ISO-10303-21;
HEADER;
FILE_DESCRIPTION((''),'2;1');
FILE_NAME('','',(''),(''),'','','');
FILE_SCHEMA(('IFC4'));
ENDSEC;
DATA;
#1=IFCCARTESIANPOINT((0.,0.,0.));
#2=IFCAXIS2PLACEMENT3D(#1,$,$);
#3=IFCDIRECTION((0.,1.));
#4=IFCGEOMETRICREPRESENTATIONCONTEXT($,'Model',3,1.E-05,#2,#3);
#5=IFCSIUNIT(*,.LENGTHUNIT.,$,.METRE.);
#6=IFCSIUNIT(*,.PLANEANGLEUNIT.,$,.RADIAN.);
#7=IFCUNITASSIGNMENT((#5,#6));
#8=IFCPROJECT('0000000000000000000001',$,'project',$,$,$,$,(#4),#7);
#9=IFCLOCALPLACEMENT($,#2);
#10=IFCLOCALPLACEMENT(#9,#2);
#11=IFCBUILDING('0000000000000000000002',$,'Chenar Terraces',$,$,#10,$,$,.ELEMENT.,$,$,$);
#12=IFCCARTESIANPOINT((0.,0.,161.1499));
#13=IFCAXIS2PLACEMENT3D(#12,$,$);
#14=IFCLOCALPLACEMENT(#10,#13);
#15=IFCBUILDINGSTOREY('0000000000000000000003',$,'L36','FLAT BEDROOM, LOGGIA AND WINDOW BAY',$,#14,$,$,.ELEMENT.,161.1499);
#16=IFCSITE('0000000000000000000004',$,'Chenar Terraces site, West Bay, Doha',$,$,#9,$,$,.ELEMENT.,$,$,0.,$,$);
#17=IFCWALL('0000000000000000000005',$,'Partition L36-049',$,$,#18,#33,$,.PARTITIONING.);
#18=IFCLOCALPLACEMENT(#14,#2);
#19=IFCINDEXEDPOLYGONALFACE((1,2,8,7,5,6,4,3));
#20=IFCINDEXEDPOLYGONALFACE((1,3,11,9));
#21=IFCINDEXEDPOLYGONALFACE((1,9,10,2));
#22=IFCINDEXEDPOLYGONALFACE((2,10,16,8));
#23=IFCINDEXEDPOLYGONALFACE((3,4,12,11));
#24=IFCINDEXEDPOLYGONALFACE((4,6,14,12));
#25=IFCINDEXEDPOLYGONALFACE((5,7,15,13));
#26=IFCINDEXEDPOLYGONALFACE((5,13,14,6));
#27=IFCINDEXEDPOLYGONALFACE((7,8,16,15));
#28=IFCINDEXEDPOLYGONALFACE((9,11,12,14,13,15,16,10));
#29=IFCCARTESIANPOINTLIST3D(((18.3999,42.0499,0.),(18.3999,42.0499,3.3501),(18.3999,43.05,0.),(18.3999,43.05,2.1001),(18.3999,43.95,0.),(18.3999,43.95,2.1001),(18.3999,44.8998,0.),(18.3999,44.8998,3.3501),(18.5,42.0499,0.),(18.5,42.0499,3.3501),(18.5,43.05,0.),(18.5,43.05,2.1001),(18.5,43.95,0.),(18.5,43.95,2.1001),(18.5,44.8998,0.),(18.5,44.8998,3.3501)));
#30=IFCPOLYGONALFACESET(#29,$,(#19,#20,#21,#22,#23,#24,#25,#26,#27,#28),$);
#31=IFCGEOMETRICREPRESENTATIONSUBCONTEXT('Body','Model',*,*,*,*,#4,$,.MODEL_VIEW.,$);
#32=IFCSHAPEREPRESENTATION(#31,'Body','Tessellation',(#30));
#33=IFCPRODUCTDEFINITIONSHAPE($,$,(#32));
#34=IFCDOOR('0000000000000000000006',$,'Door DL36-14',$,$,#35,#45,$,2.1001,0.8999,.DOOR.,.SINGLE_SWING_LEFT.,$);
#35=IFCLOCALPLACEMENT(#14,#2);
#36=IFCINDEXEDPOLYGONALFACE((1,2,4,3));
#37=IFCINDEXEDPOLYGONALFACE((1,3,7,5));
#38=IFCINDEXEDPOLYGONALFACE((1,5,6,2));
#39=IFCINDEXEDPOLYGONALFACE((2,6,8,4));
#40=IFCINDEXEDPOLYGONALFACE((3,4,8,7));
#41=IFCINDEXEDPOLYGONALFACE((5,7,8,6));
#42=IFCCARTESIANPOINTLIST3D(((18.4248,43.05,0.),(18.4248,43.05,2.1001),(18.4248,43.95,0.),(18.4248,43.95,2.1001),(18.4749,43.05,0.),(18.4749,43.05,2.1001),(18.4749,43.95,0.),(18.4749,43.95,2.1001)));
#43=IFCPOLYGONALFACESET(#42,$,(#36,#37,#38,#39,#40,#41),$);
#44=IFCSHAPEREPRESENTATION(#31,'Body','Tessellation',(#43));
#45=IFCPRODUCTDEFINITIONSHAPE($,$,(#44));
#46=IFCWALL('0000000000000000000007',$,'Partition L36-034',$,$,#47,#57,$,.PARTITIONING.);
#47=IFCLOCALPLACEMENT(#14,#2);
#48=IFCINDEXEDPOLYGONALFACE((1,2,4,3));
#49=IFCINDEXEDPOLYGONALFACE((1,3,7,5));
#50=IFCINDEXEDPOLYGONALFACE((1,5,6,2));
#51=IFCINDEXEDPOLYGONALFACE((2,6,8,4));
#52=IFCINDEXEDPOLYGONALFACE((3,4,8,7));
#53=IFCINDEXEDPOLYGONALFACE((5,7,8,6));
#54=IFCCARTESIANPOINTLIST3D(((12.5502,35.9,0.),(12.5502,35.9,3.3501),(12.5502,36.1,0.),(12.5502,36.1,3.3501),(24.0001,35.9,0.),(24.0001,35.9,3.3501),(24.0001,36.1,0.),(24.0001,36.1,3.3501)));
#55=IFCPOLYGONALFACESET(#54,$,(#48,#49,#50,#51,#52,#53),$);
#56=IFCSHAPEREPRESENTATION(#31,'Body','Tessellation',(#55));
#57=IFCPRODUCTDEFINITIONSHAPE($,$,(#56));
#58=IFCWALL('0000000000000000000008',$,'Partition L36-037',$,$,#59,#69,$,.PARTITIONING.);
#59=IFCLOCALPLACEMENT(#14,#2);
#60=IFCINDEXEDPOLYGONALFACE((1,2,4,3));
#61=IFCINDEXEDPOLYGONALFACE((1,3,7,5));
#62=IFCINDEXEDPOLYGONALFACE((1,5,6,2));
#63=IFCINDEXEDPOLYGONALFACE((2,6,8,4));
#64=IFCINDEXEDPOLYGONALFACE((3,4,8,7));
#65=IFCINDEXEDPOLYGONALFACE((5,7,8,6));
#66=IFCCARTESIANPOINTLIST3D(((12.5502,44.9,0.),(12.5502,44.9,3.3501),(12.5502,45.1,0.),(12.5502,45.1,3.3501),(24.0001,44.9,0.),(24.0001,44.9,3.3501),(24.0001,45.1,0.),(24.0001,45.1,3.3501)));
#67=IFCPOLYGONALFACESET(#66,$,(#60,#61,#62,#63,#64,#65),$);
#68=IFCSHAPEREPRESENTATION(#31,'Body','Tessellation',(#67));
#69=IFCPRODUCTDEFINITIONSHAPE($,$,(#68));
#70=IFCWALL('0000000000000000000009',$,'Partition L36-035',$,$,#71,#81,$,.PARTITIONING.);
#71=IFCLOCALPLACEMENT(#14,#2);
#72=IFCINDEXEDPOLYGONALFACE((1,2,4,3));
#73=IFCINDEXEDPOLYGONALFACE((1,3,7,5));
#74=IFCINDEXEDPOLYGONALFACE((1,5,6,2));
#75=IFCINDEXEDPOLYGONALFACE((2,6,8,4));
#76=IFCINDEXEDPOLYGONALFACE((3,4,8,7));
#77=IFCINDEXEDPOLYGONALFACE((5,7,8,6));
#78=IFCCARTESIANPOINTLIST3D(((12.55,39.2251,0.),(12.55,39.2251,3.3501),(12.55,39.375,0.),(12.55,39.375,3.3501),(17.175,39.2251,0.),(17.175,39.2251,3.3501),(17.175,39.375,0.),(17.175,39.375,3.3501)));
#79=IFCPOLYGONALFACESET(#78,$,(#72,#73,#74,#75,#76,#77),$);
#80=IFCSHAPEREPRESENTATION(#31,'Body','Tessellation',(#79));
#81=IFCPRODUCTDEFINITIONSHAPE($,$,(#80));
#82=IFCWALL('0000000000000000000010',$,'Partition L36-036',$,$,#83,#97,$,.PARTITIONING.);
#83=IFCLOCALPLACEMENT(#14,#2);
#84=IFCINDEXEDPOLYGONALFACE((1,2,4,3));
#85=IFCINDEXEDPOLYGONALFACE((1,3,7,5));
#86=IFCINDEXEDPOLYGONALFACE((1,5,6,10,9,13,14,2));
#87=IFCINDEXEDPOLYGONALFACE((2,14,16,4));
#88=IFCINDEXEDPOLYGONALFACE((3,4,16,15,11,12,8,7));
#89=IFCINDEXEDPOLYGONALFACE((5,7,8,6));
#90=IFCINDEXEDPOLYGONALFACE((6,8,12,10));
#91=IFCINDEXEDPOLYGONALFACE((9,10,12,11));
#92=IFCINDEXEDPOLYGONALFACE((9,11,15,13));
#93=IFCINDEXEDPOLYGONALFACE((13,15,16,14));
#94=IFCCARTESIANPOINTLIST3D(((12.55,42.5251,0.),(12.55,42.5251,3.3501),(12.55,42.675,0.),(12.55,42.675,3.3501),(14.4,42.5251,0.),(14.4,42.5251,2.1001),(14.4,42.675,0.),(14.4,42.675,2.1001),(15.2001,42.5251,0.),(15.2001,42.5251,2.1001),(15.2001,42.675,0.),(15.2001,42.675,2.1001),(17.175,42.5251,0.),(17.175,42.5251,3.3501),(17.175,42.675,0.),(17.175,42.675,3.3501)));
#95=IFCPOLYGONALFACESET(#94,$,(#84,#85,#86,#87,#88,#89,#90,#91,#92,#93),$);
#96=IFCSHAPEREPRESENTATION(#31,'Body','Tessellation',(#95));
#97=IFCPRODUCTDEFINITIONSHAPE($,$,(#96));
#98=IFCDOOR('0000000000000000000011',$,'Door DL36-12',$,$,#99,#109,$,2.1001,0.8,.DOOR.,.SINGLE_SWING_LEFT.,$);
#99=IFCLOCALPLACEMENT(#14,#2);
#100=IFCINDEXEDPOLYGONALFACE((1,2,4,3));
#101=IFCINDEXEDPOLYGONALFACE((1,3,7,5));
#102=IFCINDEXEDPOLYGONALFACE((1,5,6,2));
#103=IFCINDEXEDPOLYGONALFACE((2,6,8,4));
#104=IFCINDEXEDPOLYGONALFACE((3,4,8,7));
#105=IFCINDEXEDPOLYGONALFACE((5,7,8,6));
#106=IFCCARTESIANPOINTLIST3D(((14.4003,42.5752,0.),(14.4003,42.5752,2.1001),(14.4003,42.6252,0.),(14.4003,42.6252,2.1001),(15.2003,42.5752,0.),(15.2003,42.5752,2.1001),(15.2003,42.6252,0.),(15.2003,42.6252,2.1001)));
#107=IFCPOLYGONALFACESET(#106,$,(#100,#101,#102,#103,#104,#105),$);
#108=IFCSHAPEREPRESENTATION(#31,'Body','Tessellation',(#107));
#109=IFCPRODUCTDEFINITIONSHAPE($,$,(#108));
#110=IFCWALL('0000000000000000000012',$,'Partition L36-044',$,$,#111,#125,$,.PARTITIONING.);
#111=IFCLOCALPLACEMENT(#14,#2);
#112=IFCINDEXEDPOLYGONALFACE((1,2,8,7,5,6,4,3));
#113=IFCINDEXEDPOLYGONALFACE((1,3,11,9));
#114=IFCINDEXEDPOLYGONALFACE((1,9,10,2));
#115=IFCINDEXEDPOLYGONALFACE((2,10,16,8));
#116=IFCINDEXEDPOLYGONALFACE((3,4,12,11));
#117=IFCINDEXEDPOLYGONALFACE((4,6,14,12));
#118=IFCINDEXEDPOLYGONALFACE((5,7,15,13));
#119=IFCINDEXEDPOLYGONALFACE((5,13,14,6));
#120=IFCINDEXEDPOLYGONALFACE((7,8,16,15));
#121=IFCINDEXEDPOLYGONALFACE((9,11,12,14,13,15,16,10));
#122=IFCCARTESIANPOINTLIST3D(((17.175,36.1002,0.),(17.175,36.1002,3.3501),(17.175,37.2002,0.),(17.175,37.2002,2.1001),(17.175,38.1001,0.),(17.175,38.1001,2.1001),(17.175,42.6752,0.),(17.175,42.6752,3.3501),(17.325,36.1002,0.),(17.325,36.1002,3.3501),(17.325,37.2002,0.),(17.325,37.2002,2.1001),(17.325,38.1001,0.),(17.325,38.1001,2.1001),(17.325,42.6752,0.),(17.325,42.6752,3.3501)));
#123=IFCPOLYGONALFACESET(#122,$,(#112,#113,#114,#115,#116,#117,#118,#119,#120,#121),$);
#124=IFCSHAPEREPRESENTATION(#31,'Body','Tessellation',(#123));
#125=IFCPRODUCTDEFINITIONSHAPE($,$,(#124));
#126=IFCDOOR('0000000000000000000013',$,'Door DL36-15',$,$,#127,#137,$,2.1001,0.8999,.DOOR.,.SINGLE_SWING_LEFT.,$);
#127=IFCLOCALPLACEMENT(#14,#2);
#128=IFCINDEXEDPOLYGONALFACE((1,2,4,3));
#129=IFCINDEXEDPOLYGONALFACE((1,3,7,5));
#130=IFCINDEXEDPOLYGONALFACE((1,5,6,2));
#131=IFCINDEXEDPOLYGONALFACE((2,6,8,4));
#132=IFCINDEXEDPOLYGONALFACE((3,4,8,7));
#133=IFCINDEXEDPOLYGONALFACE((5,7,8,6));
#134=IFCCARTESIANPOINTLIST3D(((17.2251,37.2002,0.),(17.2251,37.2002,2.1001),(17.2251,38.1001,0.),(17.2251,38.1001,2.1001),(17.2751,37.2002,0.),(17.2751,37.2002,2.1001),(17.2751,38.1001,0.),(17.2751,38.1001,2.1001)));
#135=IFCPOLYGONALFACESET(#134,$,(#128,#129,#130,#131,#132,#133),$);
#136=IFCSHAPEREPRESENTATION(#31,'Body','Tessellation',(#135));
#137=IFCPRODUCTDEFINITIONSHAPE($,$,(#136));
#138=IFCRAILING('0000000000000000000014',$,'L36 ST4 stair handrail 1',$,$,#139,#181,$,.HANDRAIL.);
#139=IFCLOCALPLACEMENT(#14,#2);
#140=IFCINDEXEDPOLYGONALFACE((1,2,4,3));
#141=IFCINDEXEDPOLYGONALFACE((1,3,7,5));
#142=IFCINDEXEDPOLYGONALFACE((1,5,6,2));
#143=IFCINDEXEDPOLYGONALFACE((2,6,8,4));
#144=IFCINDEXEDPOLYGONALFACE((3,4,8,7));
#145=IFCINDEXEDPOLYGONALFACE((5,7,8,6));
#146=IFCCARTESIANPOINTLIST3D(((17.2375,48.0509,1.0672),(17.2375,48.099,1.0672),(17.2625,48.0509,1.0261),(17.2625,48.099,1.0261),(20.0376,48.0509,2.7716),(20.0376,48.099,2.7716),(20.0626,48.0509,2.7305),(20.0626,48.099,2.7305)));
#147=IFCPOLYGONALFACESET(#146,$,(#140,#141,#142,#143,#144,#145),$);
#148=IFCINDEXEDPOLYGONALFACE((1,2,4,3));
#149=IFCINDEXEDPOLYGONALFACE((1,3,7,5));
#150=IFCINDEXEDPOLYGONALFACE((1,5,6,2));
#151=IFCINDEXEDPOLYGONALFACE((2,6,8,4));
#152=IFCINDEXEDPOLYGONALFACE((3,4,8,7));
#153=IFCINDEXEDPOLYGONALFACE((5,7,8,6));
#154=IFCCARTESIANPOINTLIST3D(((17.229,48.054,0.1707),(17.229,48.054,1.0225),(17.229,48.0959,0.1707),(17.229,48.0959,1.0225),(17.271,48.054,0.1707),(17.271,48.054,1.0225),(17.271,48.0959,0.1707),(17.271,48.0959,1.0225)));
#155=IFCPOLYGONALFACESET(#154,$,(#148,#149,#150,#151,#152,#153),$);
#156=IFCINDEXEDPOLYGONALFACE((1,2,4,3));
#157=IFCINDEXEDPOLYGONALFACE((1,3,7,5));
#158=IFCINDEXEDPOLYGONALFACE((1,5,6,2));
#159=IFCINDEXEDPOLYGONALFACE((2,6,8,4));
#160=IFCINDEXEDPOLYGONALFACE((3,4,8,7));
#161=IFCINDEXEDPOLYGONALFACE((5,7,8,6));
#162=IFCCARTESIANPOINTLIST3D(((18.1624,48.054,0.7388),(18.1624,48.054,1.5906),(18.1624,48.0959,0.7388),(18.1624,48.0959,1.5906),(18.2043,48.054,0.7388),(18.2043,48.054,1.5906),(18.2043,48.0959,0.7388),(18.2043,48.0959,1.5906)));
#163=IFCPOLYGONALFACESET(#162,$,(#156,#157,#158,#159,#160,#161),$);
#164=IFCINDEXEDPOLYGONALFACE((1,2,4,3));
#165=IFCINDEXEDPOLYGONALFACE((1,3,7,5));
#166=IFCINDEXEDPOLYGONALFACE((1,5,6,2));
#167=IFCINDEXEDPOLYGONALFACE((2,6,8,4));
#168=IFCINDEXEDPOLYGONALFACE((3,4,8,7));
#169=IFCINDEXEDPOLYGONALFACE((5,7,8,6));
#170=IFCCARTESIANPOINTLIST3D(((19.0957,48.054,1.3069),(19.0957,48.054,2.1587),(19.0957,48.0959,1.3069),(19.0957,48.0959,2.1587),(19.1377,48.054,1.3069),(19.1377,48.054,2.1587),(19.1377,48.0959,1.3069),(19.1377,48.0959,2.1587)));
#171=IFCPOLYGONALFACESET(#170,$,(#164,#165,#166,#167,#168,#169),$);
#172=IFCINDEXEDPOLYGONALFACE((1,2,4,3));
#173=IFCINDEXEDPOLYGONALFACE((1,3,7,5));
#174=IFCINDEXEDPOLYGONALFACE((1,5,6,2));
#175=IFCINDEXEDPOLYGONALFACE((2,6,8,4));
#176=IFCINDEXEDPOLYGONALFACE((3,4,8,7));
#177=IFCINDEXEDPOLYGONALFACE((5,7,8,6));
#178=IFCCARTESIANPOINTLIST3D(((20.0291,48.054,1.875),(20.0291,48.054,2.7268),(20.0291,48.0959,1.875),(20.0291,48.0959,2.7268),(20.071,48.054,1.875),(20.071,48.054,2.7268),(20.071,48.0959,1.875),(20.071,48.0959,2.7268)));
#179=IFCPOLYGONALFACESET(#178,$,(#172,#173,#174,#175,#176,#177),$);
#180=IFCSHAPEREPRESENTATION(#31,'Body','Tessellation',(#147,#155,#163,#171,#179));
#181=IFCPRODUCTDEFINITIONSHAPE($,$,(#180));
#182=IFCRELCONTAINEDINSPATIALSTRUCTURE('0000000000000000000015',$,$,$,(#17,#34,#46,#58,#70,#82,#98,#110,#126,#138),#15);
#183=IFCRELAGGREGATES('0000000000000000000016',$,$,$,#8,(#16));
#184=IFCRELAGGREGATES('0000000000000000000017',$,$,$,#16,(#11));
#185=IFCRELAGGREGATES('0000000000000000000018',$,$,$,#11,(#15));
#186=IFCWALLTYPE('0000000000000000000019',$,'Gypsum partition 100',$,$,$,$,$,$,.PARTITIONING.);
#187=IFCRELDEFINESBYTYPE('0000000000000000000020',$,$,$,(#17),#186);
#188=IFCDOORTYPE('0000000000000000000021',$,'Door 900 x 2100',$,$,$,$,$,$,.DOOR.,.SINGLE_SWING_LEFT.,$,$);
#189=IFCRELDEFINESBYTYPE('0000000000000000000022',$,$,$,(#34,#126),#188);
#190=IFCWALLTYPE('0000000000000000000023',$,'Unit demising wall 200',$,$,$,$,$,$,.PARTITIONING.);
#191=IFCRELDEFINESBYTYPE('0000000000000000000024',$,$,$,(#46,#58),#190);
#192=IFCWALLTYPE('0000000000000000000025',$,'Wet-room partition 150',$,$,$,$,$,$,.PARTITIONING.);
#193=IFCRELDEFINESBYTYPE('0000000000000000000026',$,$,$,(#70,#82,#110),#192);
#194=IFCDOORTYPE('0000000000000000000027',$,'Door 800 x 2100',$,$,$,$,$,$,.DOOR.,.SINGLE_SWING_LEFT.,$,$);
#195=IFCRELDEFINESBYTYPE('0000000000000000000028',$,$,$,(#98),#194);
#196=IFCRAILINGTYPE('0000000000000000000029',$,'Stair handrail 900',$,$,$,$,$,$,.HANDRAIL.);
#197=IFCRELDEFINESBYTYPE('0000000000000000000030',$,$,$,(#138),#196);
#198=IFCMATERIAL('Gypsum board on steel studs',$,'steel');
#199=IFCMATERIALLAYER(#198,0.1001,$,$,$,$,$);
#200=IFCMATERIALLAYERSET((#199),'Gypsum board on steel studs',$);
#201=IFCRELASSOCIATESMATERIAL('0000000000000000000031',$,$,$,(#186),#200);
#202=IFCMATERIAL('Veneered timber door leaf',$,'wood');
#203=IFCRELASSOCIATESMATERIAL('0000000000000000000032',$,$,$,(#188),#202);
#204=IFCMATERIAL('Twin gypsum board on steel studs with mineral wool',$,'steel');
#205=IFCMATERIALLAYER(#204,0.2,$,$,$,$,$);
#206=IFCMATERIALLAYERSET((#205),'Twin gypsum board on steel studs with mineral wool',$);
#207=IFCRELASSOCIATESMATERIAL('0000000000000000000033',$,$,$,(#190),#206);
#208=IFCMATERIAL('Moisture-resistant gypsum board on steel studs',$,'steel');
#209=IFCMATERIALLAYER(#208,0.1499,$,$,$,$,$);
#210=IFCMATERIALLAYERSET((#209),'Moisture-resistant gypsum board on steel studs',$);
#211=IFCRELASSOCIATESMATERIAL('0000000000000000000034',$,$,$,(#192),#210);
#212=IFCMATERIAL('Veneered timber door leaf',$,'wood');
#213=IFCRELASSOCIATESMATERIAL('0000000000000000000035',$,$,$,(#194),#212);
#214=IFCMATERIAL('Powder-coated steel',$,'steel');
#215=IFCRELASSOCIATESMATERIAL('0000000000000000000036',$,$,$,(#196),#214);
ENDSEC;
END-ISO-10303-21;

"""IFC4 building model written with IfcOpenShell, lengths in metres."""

from ifc_helpers import new_model, si_unit, direction, frame, frame_2d, origin, origin_2d, place, context, subcontext, project, spatial, rectangle, extrude, material, layer, layer_set, type_object, element, fill, save


model = new_model("IFC4")

# Units and contexts
model_context = context("Model", 3, precision=1e-05, world=origin(), true_north=direction((0.0, 1.0)))
body_context = subcontext(model_context, "Body", "Model", "MODEL_VIEW")
ifc_project = project(units=[si_unit("LENGTHUNIT", "METRE"), si_unit("PLANEANGLEUNIT", "RADIAN")], contexts=[model_context])

# Site, building, storey
site_placement = place(None, origin())
site = spatial("IfcSite", under=ifc_project, at=site_placement, Name="Chenar Terraces site, West Bay, Doha", CompositionType="ELEMENT", RefElevation=0.0)
building_placement = place(site_placement, origin())
building = spatial("IfcBuilding", under=site, at=building_placement, Name="Chenar Terraces", CompositionType="ELEMENT")
storey_placement = place(building_placement, frame((0.0, 0.0, 161.1499)))
storey = spatial("IfcBuildingStorey", under=building, at=storey_placement, Name="L36", Description="FLAT BEDROOM, LOGGIA AND WINDOW BAY", CompositionType="ELEMENT", Elevation=161.1499)

# Shared definitions
ifc_material_1 = material(Name="Gypsum board on steel studs", Category="steel")
ifc_layer_1 = layer(ifc_material_1, 0.1001)
ifc_layer_set_1 = layer_set([ifc_layer_1], Name="Gypsum board on steel studs")
wall_type_1 = type_object("IfcWallType", Name="Gypsum partition 100", PredefinedType="PARTITIONING", material=ifc_layer_set_1)

# Wall, opening, door
ifc_material_2 = material(Name="Veneered timber door leaf", Category="wood")
door_type_1 = type_object("IfcDoorType", Name="Door 900 x 2100", OperationType="SINGLE_SWING_LEFT", PredefinedType="DOOR", material=ifc_material_2)
wall_1_placement = place(storey_placement, frame((18.45, 42.05, 0.0), z_axis=(0.0, 0.0, 1.0), x_axis=(0.0, 1.0, 0.0)))
wall_1 = element("IfcWall", 1, at=wall_1_placement, inside=storey, type_object=wall_type_1, Name="Partition L36-049", PredefinedType="PARTITIONING", context=body_context, shape_type="SweptSolid", body=[
    extrude(rectangle(XDim=2.8499, YDim=0.1001, at=frame_2d((1.4248, 0.0))), origin(), (0.0, 0.0, 1.0), 3.3501),
])
opening_1_placement = place(wall_1_placement, frame((1.0, 0.0, 0.0)))
opening_1 = element("IfcOpeningElement", 2, at=opening_1_placement, cuts=wall_1, PredefinedType="OPENING", context=body_context, shape_type="SweptSolid", body=[
    extrude(rectangle(XDim=0.8999, YDim=2.1001, at=frame_2d((0.45, 1.05))), frame((0.0, 0.0601, 0.0), z_axis=(0.0, -1.0, 0.0), x_axis=(1.0, 0.0, 0.0)), (0.0, 0.0, 1.0), 0.1201),
])
door_1_placement = place(opening_1_placement, frame((0.8999, 0.0, 0.0), z_axis=(0.0, 0.0, 1.0), x_axis=(-1.0, 0.0, 0.0)))
door_1 = element("IfcDoor", 3, at=door_1_placement, inside=storey, type_object=door_type_1, Name="Door DL36-14", OperationType="SINGLE_SWING_LEFT", OverallHeight=2.1001, OverallWidth=0.8999, PredefinedType="DOOR", context=body_context, shape_type="SweptSolid", body=[
    extrude(rectangle(XDim=0.8999, YDim=2.1001, at=frame_2d((0.45, 1.05))), frame((0.0, 0.0249, 0.0), z_axis=(0.0, -1.0, 0.0), x_axis=(1.0, 0.0, 0.0)), (0.0, 0.0, 1.0), 0.05),
])
fill(opening_1, door_1)

# Walls
ifc_material_3 = material(Name="Twin gypsum board on steel studs with mineral wool", Category="steel")
ifc_layer_2 = layer(ifc_material_3, 0.2)
ifc_layer_set_2 = layer_set([ifc_layer_2], Name="Twin gypsum board on steel studs with mineral wool")
wall_type_2 = type_object("IfcWallType", Name="Unit demising wall 200", PredefinedType="PARTITIONING", material=ifc_layer_set_2)
for number, where, z_axis, x_axis, name in (
    (4, (12.55, 36.0, 0.0), (0.0, 0.0, 1.0), (1.0, 0.0, 0.0), "Partition L36-034"),
    (5, (12.55, 45.0, 0.0), (0.0, 0.0, 1.0), (1.0, 0.0, 0.0), "Partition L36-037"),
):
    element("IfcWall", number, at=place(storey_placement, frame(where, z_axis=z_axis, x_axis=x_axis)), inside=storey, type_object=wall_type_2, Name=name, PredefinedType="PARTITIONING", context=body_context, shape_type="SweptSolid", body=[
        extrude(rectangle(XDim=11.45, YDim=0.2, at=frame_2d((5.7251, 0.0))), origin(), (0.0, 0.0, 1.0), 3.3501),
    ])
ifc_material_4 = material(Name="Moisture-resistant gypsum board on steel studs", Category="steel")
ifc_layer_3 = layer(ifc_material_4, 0.1499)
ifc_layer_set_3 = layer_set([ifc_layer_3], Name="Moisture-resistant gypsum board on steel studs")
wall_type_3 = type_object("IfcWallType", Name="Wet-room partition 150", PredefinedType="PARTITIONING", material=ifc_layer_set_3)
wall_2_placement = place(storey_placement, frame((12.55, 39.3, 0.0), z_axis=(0.0, 0.0, 1.0), x_axis=(1.0, 0.0, 0.0)))
element("IfcWall", 6, at=wall_2_placement, inside=storey, type_object=wall_type_3, Name="Partition L36-035", PredefinedType="PARTITIONING", context=body_context, shape_type="SweptSolid", body=[
    extrude(rectangle(XDim=4.625, YDim=0.1499, at=frame_2d((2.3125, 0.0))), origin(), (0.0, 0.0, 1.0), 3.3501),
])

# Walls, openings, doors
wall_3_placement = place(storey_placement, frame((12.55, 42.6001, 0.0), z_axis=(0.0, 0.0, 1.0), x_axis=(1.0, 0.0, 0.0)))
wall_3 = element("IfcWall", 7, at=wall_3_placement, inside=storey, type_object=wall_type_3, Name="Partition L36-036", PredefinedType="PARTITIONING", context=body_context, shape_type="SweptSolid", body=[
    extrude(rectangle(XDim=4.625, YDim=0.1499, at=frame_2d((2.3125, 0.0))), origin(), (0.0, 0.0, 1.0), 3.3501),
])
opening_2_placement = place(wall_3_placement, frame((1.8501, 0.0, 0.0)))
opening_2 = element("IfcOpeningElement", 8, at=opening_2_placement, cuts=wall_3, PredefinedType="OPENING", context=body_context, shape_type="SweptSolid", body=[
    extrude(rectangle(XDim=0.8, YDim=2.1001, at=frame_2d((0.3999, 1.05))), frame((0.0, 0.085, 0.0), z_axis=(0.0, -1.0, 0.0), x_axis=(1.0, 0.0, 0.0)), (0.0, 0.0, 1.0), 0.1699),
])
ifc_material_5 = material(Name="Veneered timber door leaf", Category="wood")
door_type_2 = type_object("IfcDoorType", Name="Door 800 x 2100", OperationType="SINGLE_SWING_LEFT", PredefinedType="DOOR", material=ifc_material_5)
door_2_placement = place(opening_2_placement, frame((0.8, 0.0, 0.0), z_axis=(0.0, 0.0, 1.0), x_axis=(-1.0, 0.0, 0.0)))
door_2 = element("IfcDoor", 9, at=door_2_placement, inside=storey, type_object=door_type_2, Name="Door DL36-12", OperationType="SINGLE_SWING_LEFT", OverallHeight=2.1001, OverallWidth=0.8, PredefinedType="DOOR", context=body_context, shape_type="SweptSolid", body=[
    extrude(rectangle(XDim=0.8, YDim=2.1001, at=frame_2d((0.3999, 1.05))), frame((0.0, 0.0249, 0.0), z_axis=(0.0, -1.0, 0.0), x_axis=(1.0, 0.0, 0.0)), (0.0, 0.0, 1.0), 0.05),
])
fill(opening_2, door_2)
wall_4_placement = place(storey_placement, frame((17.25, 36.1001, 0.0), z_axis=(0.0, 0.0, 1.0), x_axis=(0.0, 1.0, 0.0)))
wall_4 = element("IfcWall", 10, at=wall_4_placement, inside=storey, type_object=wall_type_3, Name="Partition L36-044", PredefinedType="PARTITIONING", context=body_context, shape_type="SweptSolid", body=[
    extrude(rectangle(XDim=6.575, YDim=0.1499, at=frame_2d((3.2876, 0.0))), origin(), (0.0, 0.0, 1.0), 3.3501),
])
opening_3_placement = place(wall_4_placement, frame((1.1001, 0.0, 0.0)))
opening_3 = element("IfcOpeningElement", 11, at=opening_3_placement, cuts=wall_4, PredefinedType="OPENING", context=body_context, shape_type="SweptSolid", body=[
    extrude(rectangle(XDim=0.8999, YDim=2.1001, at=frame_2d((0.45, 1.05))), frame((0.0, 0.085, 0.0), z_axis=(0.0, -1.0, 0.0), x_axis=(1.0, 0.0, 0.0)), (0.0, 0.0, 1.0), 0.1699),
])
door_3_placement = place(opening_3_placement, origin())
door_3 = element("IfcDoor", 12, at=door_3_placement, inside=storey, type_object=door_type_1, Name="Door DL36-15", OperationType="SINGLE_SWING_LEFT", OverallHeight=2.1001, OverallWidth=0.8999, PredefinedType="DOOR", context=body_context, shape_type="SweptSolid", body=[
    extrude(rectangle(XDim=0.8999, YDim=2.1001, at=frame_2d((0.45, 1.05))), frame((0.0, 0.0249, 0.0), z_axis=(0.0, -1.0, 0.0), x_axis=(1.0, 0.0, 0.0)), (0.0, 0.0, 1.0), 0.05),
])
fill(opening_3, door_3)

# Railing
ifc_material_6 = material(Name="Powder-coated steel", Category="steel")
railing_type = type_object("IfcRailingType", Name="Stair handrail 900", PredefinedType="HANDRAIL", material=ifc_material_6)
railing_placement = place(storey_placement, frame((17.25, 48.075, 0.1707)))
element("IfcRailing", 13, at=railing_placement, inside=storey, type_object=railing_type, Name="L36 ST4 stair handrail 1", PredefinedType="HANDRAIL", context=body_context, shape_type="SweptSolid", body=[
    extrude(rectangle(XDim=0.0481, YDim=0.0481, at=origin_2d()), frame((0.0, 0.0, 0.876), z_axis=(0.854203, 0.0, 0.51994), x_axis=(0.0, 1.0, 0.0)), (0.0, 0.0, 1.0), 3.2781),
    extrude(rectangle(XDim=0.042, YDim=0.042, at=origin_2d()), origin(), (0.0, 0.0, 1.0), 0.8518),
    extrude(rectangle(XDim=0.042, YDim=0.042, at=origin_2d()), frame((0.9333, 0.0, 0.5681)), (0.0, 0.0, 1.0), 0.8518),
    extrude(rectangle(XDim=0.042, YDim=0.042, at=origin_2d()), frame((1.8667, 0.0, 1.1362)), (0.0, 0.0, 1.0), 0.8518),
    extrude(rectangle(XDim=0.042, YDim=0.042, at=origin_2d()), frame((2.8, 0.0, 1.7043)), (0.0, 0.0, 1.0), 0.8518),
])

save(model, "model.ifc")
